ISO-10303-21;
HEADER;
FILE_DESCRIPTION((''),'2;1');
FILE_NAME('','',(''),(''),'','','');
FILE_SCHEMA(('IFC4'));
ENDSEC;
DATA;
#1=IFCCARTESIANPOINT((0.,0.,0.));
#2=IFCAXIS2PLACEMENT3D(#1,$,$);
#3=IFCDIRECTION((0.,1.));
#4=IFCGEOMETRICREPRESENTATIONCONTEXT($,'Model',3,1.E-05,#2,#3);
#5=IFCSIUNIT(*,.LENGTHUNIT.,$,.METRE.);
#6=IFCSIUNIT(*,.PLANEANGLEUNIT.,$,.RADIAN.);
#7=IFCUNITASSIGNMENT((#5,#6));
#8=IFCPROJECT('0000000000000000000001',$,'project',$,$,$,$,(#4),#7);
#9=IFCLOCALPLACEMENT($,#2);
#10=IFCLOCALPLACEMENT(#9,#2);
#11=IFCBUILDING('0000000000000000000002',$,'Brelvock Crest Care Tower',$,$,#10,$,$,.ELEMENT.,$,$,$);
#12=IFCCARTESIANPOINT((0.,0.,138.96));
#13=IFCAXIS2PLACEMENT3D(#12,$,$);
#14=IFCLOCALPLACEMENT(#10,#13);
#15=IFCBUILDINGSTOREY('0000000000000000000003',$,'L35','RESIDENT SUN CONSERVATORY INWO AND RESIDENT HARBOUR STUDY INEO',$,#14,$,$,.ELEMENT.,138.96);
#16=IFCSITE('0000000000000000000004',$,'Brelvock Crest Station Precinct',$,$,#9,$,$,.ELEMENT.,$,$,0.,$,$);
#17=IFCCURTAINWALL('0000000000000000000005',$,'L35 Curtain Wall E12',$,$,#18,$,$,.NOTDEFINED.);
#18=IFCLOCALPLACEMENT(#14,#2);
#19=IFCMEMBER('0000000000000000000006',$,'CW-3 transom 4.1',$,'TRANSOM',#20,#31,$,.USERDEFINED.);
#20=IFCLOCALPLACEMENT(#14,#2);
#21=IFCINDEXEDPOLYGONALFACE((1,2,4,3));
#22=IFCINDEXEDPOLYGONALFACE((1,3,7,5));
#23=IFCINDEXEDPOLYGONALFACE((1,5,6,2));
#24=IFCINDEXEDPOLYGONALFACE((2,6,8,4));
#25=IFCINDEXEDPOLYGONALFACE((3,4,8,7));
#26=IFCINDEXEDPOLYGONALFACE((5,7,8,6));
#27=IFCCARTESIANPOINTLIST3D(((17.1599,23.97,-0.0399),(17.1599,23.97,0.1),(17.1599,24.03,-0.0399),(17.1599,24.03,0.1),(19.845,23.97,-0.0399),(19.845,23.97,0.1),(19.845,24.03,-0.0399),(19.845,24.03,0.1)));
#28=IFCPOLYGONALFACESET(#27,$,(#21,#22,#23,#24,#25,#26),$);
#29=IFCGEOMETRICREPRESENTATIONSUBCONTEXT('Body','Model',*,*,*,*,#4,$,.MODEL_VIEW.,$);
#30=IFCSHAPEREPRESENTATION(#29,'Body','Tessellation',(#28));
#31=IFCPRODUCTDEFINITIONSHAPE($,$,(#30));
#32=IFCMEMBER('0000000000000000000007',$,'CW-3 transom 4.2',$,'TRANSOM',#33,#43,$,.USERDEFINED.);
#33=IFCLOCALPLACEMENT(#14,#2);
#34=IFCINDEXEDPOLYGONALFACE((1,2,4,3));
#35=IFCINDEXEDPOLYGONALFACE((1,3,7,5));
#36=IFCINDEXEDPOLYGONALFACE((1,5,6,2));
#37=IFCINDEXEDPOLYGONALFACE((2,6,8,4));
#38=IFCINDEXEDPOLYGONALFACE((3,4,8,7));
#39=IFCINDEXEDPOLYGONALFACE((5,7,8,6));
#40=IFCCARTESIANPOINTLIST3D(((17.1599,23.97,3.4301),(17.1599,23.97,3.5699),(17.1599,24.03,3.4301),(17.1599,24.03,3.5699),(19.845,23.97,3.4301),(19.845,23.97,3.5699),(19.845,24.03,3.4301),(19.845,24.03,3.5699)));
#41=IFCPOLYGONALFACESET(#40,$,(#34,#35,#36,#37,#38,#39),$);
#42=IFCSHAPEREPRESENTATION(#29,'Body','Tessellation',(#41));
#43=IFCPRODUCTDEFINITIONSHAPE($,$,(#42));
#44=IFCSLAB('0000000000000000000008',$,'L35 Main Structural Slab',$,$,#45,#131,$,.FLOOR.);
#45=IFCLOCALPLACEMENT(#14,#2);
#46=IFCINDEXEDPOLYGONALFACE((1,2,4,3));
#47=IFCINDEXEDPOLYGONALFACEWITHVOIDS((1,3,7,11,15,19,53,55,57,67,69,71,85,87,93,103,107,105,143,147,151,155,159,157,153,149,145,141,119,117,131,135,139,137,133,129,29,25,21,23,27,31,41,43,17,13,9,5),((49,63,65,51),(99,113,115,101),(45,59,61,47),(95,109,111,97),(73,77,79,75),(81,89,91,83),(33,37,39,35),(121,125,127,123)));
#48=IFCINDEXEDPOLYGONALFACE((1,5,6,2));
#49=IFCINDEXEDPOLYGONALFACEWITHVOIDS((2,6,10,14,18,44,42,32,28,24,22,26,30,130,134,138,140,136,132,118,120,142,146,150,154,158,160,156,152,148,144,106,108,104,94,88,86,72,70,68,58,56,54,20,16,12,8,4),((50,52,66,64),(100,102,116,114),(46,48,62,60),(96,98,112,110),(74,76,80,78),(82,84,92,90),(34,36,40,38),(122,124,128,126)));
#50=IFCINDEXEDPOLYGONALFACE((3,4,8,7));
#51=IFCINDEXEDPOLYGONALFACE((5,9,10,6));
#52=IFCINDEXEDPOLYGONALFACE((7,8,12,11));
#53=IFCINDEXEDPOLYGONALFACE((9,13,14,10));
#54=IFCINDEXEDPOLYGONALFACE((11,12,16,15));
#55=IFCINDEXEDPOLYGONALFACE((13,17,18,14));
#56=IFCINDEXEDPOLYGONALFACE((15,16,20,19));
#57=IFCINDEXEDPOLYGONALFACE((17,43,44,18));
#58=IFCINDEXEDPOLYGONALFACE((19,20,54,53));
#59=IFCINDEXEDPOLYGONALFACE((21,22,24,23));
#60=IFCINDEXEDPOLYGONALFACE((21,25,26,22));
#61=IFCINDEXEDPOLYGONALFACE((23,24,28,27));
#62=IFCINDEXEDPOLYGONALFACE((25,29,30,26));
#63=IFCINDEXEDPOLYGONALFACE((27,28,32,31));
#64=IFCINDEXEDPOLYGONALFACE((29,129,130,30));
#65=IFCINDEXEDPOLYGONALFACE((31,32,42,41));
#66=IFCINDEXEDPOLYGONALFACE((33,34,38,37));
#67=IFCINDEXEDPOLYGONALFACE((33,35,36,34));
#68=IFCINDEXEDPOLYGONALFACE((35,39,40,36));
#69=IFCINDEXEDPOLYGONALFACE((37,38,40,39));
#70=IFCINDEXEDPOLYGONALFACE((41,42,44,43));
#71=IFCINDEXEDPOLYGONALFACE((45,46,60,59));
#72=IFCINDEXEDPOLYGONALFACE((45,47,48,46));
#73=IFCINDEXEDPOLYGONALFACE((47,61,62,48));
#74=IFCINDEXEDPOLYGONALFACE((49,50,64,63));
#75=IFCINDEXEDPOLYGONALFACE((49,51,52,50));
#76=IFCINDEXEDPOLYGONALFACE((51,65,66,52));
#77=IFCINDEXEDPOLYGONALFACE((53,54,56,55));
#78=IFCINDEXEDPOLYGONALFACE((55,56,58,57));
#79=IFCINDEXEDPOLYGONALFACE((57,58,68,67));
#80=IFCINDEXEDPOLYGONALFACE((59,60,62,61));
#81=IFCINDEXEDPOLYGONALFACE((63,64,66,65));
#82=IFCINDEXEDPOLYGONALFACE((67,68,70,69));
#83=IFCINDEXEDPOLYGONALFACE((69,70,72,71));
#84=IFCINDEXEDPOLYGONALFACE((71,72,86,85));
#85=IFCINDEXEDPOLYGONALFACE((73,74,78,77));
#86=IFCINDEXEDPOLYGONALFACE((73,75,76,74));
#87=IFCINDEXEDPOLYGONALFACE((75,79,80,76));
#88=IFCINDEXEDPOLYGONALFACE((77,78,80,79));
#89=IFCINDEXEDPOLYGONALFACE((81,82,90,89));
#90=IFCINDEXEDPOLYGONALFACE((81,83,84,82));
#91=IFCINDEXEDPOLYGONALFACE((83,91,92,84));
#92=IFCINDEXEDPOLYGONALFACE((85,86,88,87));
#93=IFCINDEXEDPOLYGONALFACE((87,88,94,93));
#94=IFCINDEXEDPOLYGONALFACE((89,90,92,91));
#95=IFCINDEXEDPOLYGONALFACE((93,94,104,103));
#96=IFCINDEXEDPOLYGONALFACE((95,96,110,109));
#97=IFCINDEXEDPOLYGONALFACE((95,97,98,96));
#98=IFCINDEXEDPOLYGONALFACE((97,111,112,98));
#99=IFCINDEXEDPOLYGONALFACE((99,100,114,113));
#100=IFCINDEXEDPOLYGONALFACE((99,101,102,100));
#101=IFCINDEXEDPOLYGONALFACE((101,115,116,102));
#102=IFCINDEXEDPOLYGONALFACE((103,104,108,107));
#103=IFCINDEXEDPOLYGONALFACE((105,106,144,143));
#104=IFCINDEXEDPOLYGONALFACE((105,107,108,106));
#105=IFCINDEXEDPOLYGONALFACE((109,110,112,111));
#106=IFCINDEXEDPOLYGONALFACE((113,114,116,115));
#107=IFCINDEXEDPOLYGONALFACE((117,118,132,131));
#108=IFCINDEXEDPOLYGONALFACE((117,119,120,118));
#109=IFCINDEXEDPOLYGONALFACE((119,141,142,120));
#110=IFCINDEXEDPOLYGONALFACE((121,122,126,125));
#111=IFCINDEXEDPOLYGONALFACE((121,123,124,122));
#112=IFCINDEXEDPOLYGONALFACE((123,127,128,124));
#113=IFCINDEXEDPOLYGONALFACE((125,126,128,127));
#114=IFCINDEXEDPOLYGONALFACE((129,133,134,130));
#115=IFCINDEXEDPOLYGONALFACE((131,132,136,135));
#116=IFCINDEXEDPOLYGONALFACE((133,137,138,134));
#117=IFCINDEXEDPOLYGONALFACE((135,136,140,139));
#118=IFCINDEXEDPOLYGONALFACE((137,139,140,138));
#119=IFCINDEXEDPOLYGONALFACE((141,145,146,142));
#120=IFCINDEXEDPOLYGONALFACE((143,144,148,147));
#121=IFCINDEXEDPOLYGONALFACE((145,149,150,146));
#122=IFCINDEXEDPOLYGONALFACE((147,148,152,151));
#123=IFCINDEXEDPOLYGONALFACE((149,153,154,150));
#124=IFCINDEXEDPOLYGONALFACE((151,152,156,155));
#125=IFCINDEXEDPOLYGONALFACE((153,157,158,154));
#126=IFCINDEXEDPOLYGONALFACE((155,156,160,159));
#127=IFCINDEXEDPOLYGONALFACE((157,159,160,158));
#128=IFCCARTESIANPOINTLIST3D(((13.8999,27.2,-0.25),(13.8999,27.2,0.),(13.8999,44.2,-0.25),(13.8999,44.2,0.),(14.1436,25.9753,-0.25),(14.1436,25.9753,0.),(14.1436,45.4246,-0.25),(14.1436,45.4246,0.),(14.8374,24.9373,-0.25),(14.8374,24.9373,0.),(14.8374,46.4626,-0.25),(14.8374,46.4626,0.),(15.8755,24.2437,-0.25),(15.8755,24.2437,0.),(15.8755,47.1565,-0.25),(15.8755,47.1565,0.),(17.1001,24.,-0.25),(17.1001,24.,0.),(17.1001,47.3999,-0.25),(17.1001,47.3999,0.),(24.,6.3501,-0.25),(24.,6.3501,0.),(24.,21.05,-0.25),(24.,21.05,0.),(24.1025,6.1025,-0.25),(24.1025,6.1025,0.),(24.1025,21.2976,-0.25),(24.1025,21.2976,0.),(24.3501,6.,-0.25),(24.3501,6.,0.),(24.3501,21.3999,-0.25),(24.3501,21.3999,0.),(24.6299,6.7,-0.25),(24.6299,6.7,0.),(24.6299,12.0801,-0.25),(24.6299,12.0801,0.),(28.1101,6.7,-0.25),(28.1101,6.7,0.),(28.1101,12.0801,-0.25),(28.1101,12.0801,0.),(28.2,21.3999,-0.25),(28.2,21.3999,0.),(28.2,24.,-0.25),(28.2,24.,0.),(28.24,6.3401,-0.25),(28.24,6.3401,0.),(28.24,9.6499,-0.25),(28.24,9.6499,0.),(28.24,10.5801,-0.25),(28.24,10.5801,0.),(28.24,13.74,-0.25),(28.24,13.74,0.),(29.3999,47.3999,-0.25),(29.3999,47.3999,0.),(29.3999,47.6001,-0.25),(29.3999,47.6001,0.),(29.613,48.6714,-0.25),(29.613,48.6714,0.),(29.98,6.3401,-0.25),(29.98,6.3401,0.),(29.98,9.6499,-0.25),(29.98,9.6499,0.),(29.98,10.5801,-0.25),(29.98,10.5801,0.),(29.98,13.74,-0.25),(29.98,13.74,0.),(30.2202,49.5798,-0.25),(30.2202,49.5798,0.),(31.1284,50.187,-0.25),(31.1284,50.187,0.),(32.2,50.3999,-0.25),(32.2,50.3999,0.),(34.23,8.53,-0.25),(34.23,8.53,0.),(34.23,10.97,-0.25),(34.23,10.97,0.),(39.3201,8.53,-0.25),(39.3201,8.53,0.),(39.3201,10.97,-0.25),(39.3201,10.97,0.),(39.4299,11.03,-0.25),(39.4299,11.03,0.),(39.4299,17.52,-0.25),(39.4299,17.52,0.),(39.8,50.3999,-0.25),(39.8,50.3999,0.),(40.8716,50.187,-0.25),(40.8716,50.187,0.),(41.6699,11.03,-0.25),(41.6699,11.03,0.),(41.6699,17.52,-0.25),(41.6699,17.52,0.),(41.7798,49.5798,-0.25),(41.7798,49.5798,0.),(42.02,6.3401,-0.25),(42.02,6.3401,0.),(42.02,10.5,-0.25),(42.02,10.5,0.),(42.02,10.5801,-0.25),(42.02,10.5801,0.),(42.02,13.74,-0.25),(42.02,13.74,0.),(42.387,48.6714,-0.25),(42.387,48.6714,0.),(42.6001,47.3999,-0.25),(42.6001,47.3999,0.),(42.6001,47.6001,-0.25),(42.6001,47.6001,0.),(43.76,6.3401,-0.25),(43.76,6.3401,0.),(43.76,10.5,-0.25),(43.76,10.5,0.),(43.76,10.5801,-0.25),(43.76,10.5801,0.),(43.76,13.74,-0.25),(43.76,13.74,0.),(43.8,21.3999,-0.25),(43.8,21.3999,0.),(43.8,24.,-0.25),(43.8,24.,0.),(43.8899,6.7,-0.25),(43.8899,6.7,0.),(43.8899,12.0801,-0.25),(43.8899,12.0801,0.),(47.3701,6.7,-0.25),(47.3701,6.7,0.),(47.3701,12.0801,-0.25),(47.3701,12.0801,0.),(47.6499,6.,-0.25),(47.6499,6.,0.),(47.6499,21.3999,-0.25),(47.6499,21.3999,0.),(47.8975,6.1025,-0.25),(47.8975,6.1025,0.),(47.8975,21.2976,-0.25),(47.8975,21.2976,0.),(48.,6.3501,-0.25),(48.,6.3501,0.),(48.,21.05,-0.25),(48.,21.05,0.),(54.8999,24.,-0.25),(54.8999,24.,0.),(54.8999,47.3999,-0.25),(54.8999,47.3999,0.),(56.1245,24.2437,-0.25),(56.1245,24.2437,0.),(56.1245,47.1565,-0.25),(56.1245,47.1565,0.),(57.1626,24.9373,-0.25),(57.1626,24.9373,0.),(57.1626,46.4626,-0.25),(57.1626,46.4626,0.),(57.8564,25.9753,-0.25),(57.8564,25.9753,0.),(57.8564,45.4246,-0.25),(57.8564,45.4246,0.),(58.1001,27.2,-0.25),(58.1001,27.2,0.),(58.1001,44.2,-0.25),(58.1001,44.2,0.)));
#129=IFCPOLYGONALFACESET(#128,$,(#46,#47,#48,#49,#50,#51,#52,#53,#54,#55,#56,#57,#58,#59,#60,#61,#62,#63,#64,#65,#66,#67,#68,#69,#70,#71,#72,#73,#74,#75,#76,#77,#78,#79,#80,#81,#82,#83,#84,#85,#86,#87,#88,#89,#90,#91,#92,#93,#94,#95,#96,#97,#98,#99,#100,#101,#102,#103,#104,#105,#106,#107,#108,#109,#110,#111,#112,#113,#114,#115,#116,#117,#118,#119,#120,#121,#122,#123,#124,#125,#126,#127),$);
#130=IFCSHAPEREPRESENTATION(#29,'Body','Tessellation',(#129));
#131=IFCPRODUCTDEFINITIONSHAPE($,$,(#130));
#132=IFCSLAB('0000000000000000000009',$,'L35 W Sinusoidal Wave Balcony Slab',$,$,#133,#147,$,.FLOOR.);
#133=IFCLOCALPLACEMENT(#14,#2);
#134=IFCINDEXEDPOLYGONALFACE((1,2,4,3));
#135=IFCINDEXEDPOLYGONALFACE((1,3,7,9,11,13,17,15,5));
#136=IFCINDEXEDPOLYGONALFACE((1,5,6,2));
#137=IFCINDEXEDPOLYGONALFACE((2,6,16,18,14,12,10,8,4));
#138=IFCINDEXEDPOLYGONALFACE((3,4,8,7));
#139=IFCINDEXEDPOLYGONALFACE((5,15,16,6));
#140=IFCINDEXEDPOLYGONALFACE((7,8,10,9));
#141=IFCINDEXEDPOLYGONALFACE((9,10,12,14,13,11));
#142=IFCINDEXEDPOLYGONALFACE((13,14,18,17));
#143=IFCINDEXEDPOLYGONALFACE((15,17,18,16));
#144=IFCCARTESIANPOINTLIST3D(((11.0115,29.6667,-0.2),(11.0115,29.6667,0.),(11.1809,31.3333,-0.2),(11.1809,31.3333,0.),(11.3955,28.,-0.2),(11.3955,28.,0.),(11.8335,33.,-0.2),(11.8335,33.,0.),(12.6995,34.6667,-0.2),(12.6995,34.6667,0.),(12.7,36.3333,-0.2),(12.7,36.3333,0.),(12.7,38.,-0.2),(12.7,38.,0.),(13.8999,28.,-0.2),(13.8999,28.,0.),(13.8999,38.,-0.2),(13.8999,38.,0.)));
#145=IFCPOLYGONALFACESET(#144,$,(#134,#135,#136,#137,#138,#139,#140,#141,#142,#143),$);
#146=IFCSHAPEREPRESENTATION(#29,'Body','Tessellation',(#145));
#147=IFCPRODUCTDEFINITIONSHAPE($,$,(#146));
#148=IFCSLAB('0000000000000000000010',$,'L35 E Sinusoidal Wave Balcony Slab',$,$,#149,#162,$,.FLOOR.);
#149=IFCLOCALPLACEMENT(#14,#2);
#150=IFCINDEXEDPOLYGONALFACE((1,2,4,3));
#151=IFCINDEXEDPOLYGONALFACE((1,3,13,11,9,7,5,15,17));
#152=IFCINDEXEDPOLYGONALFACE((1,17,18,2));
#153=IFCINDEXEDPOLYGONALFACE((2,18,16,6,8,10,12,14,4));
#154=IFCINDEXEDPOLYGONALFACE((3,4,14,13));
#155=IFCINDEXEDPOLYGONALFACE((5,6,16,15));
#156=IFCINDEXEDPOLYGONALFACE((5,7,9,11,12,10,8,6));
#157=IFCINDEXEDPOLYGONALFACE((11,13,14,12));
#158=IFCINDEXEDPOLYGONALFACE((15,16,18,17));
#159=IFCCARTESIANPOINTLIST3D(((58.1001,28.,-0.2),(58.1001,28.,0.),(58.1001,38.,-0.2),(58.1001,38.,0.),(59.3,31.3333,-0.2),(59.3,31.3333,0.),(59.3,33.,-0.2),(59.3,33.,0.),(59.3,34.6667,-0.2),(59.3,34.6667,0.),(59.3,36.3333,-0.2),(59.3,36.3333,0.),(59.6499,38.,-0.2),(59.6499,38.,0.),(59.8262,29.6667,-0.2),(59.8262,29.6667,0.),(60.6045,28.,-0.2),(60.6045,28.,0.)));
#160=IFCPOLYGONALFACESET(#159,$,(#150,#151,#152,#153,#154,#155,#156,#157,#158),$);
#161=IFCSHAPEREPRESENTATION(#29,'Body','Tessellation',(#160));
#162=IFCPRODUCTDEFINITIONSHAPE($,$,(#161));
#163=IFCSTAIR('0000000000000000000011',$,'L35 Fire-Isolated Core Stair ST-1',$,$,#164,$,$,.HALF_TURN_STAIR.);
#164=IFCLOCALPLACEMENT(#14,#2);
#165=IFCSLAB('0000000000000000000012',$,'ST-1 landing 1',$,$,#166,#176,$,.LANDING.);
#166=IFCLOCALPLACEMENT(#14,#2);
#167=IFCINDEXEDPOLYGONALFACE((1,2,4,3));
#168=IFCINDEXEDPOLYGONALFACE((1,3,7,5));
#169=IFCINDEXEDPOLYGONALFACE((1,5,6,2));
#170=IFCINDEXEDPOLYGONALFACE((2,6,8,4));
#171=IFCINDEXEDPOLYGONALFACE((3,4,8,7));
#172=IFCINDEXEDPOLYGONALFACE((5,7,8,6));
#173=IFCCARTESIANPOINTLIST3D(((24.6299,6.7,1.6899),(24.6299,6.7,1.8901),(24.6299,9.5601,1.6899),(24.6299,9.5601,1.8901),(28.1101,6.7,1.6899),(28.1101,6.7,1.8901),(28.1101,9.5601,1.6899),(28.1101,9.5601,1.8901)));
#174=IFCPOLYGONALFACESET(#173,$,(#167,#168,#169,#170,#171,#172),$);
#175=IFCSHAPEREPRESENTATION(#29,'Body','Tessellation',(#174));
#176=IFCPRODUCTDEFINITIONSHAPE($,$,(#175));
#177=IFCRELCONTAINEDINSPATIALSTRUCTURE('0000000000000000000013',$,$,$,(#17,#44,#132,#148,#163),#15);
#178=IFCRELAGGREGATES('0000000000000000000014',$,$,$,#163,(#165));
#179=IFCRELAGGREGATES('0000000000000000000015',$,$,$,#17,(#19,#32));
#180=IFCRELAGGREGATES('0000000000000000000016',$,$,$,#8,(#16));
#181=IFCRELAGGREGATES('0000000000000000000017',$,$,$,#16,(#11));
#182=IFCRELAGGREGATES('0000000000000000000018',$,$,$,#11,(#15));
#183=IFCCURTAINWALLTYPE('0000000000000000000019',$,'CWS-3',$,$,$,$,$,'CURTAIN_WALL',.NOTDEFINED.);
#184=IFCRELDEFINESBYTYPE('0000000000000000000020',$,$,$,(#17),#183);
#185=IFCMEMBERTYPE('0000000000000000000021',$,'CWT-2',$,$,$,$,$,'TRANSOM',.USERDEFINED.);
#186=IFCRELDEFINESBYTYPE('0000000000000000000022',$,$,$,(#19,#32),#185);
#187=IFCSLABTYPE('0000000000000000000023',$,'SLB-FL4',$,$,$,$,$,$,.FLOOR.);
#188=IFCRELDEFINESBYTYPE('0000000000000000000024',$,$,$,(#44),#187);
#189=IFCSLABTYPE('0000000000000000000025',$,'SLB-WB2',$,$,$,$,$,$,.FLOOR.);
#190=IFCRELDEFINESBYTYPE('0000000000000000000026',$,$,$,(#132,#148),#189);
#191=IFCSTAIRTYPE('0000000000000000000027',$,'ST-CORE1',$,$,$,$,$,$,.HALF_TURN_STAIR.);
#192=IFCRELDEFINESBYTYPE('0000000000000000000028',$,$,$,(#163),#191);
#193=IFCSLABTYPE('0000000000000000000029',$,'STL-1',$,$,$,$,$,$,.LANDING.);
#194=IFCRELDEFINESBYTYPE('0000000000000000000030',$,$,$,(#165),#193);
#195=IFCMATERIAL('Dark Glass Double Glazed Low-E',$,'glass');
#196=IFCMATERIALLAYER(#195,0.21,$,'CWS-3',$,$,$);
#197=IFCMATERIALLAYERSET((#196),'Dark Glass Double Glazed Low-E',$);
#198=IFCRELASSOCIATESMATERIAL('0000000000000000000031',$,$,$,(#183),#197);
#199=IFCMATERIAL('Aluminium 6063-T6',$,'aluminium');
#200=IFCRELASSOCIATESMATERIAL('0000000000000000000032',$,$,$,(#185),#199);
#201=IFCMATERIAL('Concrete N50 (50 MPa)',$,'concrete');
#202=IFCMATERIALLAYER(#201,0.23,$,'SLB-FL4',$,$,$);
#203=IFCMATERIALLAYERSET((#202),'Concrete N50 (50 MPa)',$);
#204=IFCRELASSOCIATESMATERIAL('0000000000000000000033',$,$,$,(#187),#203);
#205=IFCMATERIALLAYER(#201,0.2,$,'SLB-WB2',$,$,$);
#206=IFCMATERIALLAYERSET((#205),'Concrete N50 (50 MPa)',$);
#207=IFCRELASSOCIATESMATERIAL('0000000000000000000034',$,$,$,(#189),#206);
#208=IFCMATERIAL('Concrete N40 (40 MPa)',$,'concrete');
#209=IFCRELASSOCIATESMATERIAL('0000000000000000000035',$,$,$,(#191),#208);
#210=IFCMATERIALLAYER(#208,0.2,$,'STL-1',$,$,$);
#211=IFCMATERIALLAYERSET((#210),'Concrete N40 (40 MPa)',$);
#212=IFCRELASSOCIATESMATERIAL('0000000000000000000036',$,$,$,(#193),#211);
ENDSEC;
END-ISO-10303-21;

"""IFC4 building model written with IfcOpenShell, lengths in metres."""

from ifc_helpers import new_model, si_unit, direction, frame, origin, origin_2d, place, context, subcontext, project, spatial, polyline, rectangle, outline, extrude, source, transform, mapped, material, layer, layer_set, material_profile, profile_set, type_object, element, aggregate, save


model = new_model("IFC4")

# Units and contexts
model_context = context("Model", 3, precision=1e-05, world=origin(), true_north=direction((0.0, 1.0)))
body_context = subcontext(model_context, "Body", "Model", "MODEL_VIEW")
ifc_project = project(units=[si_unit("LENGTHUNIT", "METRE"), si_unit("PLANEANGLEUNIT", "RADIAN")], contexts=[model_context])

# Site, building, storey
site_placement = place(None, origin())
site = spatial("IfcSite", under=ifc_project, at=site_placement, Name="Brelvock Crest Station Precinct", CompositionType="ELEMENT", RefElevation=0.0)
building_placement = place(site_placement, origin())
building = spatial("IfcBuilding", under=site, at=building_placement, Name="Brelvock Crest Care Tower", CompositionType="ELEMENT")
storey_placement = place(building_placement, frame((0.0, 0.0, 138.96)))
storey = spatial("IfcBuildingStorey", under=building, at=storey_placement, Name="L35", Description="RESIDENT SUN CONSERVATORY INWO AND RESIDENT HARBOUR STUDY INEO", CompositionType="ELEMENT", Elevation=138.96)

# Curtain wall, members
ifc_material_1 = material(Name="Dark Glass Double Glazed Low-E", Category="glass")
ifc_layer_1 = layer(ifc_material_1, 0.21, Name="CWS-3")
ifc_layer_set_1 = layer_set([ifc_layer_1], Name="Dark Glass Double Glazed Low-E")
curtain_wall_type = type_object("IfcCurtainWallType", Name="CWS-3", ElementType="CURTAIN_WALL", PredefinedType="NOTDEFINED", material=ifc_layer_set_1)
curtain_wall_placement = place(storey_placement, origin())
curtain_wall = element("IfcCurtainWall", 1, at=curtain_wall_placement, inside=storey, type_object=curtain_wall_type, Name="L35 Curtain Wall E12", PredefinedType="NOTDEFINED")
ifc_material_2 = material(Name="Aluminium 6063-T6", Category="aluminium")
ifc_material_profile_1 = material_profile(ifc_material_2, rectangle(XDim=0.0601, YDim=0.1399, at=origin_2d()), Name="ALU60x140")
ifc_profile_set_1 = profile_set([ifc_material_profile_1], Name="Aluminium 6063-T6")
member_type_1 = type_object("IfcMemberType", Name="CWT-2", ElementType="TRANSOM", PredefinedType="USERDEFINED", material=ifc_profile_set_1)
shared_shape_1 = source(origin(), body_context, "Body", "SweptSolid", [
    extrude(rectangle(XDim=0.0601, YDim=0.1399, at=origin_2d()), origin(), (0.0, 0.0, 1.0), 2.6851),
])
member_1_placement = place(storey_placement, frame((19.845, 24.0, 0.03), z_axis=(-1.0, 0.0, 0.0), x_axis=(0.0, -1.0, 0.0)))
member_1 = element("IfcMember", 2, at=member_1_placement, type_object=member_type_1, Name="CW-3 transom 4.1", ObjectType="TRANSOM", PredefinedType="USERDEFINED", context=body_context, shape_type="MappedRepresentation", body=[
    mapped(shared_shape_1, transform((0.0, 0.0, 0.0), x_axis=(1.0, 0.0, 0.0), y_axis=(0.0, 1.0, 0.0), z_axis=(0.0, 0.0, 1.0), scale=1.0)),
])
member_2_placement = place(storey_placement, frame((19.845, 24.0, 3.5), z_axis=(-1.0, 0.0, 0.0), x_axis=(0.0, -1.0, 0.0)))
member_2 = element("IfcMember", 3, at=member_2_placement, type_object=member_type_1, Name="CW-3 transom 4.2", ObjectType="TRANSOM", PredefinedType="USERDEFINED", context=body_context, shape_type="MappedRepresentation", body=[
    mapped(shared_shape_1, transform((0.0, 0.0, 0.0), x_axis=(1.0, 0.0, 0.0), y_axis=(0.0, 1.0, 0.0), z_axis=(0.0, 0.0, 1.0), scale=1.0)),
])

# Slabs
ifc_material_3 = material(Name="Concrete N50 (50 MPa)", Category="concrete")
ifc_layer_2 = layer(ifc_material_3, 0.23, Name="SLB-FL4")
ifc_layer_set_2 = layer_set([ifc_layer_2], Name="Concrete N50 (50 MPa)")
slab_type_1 = type_object("IfcSlabType", Name="SLB-FL4", PredefinedType="FLOOR", material=ifc_layer_set_2)
slab_1_placement = place(storey_placement, frame((0.0, 0.0, -0.25)))
element("IfcSlab", 4, at=slab_1_placement, inside=storey, type_object=slab_type_1, Name="L35 Main Structural Slab", PredefinedType="FLOOR", context=body_context, shape_type="SweptSolid", body=[
    extrude(outline(polyline([(47.6499, 21.3999), (43.8, 21.3999), (43.8, 24.0), (54.8999, 24.0), (56.1245, 24.2437), (57.1626, 24.9373), (57.8564, 25.9753), (58.1001, 27.2), (58.1001, 44.2), (57.8564, 45.4246), (57.1626, 46.4626), (56.1245, 47.1565), (54.8999, 47.3999), (42.6001, 47.3999), (42.6001, 47.6001), (42.387, 48.6714), (41.7798, 49.5798), (40.8716, 50.187), (39.8, 50.3999), (32.2, 50.3999), (31.1284, 50.187), (30.2202, 49.5798), (29.613, 48.6714), (29.3999, 47.6001), (29.3999, 47.3999), (17.1001, 47.3999), (15.8755, 47.1565), (14.8374, 46.4626), (14.1436, 45.4246), (13.8999, 44.2), (13.8999, 27.2), (14.1436, 25.9753), (14.8374, 24.9373), (15.8755, 24.2437), (17.1001, 24.0), (28.2, 24.0), (28.2, 21.3999), (24.3501, 21.3999), (24.1025, 21.2976), (24.0, 21.05), (24.0, 6.3501), (24.1025, 6.1025), (24.3501, 6.0), (47.6499, 6.0), (47.8975, 6.1025), (48.0, 6.3501), (48.0, 21.05), (47.8975, 21.2976), (47.6499, 21.3999)]), holes=[polyline([(28.24, 10.5801), (29.98, 10.5801), (29.98, 13.74), (28.24, 13.74), (28.24, 10.5801)]), polyline([(42.02, 10.5801), (43.76, 10.5801), (43.76, 13.74), (42.02, 13.74), (42.02, 10.5801)]), polyline([(28.24, 6.3401), (29.98, 6.3401), (29.98, 9.6499), (28.24, 9.6499), (28.24, 6.3401)]), polyline([(24.6299, 12.0801), (24.6299, 6.7), (28.1101, 6.7), (28.1101, 12.0801), (24.6299, 12.0801)]), polyline([(43.8899, 12.0801), (43.8899, 6.7), (47.3701, 6.7), (47.3701, 12.0801), (43.8899, 12.0801)]), polyline([(42.02, 6.3401), (43.76, 6.3401), (43.76, 10.5), (42.02, 10.5), (42.02, 6.3401)]), polyline([(34.23, 8.53), (39.3201, 8.53), (39.3201, 10.97), (34.23, 10.97), (34.23, 8.53)]), polyline([(39.4299, 11.03), (41.6699, 11.03), (41.6699, 17.52), (39.4299, 17.52), (39.4299, 11.03)])]), origin(), (0.0, 0.0, 1.0), 0.25),
])
ifc_layer_3 = layer(ifc_material_3, 0.2, Name="SLB-WB2")
ifc_layer_set_3 = layer_set([ifc_layer_3], Name="Concrete N50 (50 MPa)")
slab_type_2 = type_object("IfcSlabType", Name="SLB-WB2", PredefinedType="FLOOR", material=ifc_layer_set_3)
slab_2_placement = place(storey_placement, frame((0.0, 0.0, -0.2)))
element("IfcSlab", 5, at=slab_2_placement, inside=storey, type_object=slab_type_2, Name="L35 W Sinusoidal Wave Balcony Slab", PredefinedType="FLOOR", context=body_context, shape_type="SweptSolid", body=[
    extrude(outline(polyline([(13.8999, 38.0), (12.7, 38.0), (12.7, 36.3333), (12.6995, 34.6667), (11.8335, 33.0), (11.1809, 31.3333), (11.0115, 29.6667), (11.3955, 28.0), (13.8999, 28.0), (13.8999, 38.0)])), origin(), (0.0, 0.0, 1.0), 0.2),
])
slab_3_placement = place(storey_placement, frame((0.0, 0.0, -0.2)))
element("IfcSlab", 6, at=slab_3_placement, inside=storey, type_object=slab_type_2, Name="L35 E Sinusoidal Wave Balcony Slab", PredefinedType="FLOOR", context=body_context, shape_type="SweptSolid", body=[
    extrude(outline(polyline([(58.1001, 28.0), (60.6045, 28.0), (59.8262, 29.6667), (59.3, 31.3333), (59.3, 33.0), (59.3, 34.6667), (59.3, 36.3333), (59.6499, 38.0), (58.1001, 38.0), (58.1001, 28.0)])), origin(), (0.0, 0.0, 1.0), 0.2),
])

# Stair, slab
ifc_material_4 = material(Name="Concrete N40 (40 MPa)", Category="concrete")
stair_type = type_object("IfcStairType", Name="ST-CORE1", PredefinedType="HALF_TURN_STAIR", material=ifc_material_4)
stair_1_placement = place(storey_placement, origin())
stair_1 = element("IfcStair", 7, at=stair_1_placement, inside=storey, type_object=stair_type, Name="L35 Fire-Isolated Core Stair ST-1", PredefinedType="HALF_TURN_STAIR")
ifc_layer_4 = layer(ifc_material_4, 0.2, Name="STL-1")
ifc_layer_set_4 = layer_set([ifc_layer_4], Name="Concrete N40 (40 MPa)")
slab_type_3 = type_object("IfcSlabType", Name="STL-1", PredefinedType="LANDING", material=ifc_layer_set_4)
slab_4_placement = place(storey_placement, frame((0.0, 0.0, 1.6899)))
slab_4 = element("IfcSlab", 8, at=slab_4_placement, type_object=slab_type_3, Name="ST-1 landing 1", PredefinedType="LANDING", context=body_context, shape_type="SweptSolid", body=[
    extrude(outline(polyline([(24.6299, 9.5601), (24.6299, 6.7), (28.1101, 6.7), (28.1101, 9.5601), (24.6299, 9.5601)])), origin(), (0.0, 0.0, 1.0), 0.2002),
])
aggregate(stair_1, [slab_4])

aggregate(curtain_wall, [member_1, member_2])

save(model, "model.ifc")
